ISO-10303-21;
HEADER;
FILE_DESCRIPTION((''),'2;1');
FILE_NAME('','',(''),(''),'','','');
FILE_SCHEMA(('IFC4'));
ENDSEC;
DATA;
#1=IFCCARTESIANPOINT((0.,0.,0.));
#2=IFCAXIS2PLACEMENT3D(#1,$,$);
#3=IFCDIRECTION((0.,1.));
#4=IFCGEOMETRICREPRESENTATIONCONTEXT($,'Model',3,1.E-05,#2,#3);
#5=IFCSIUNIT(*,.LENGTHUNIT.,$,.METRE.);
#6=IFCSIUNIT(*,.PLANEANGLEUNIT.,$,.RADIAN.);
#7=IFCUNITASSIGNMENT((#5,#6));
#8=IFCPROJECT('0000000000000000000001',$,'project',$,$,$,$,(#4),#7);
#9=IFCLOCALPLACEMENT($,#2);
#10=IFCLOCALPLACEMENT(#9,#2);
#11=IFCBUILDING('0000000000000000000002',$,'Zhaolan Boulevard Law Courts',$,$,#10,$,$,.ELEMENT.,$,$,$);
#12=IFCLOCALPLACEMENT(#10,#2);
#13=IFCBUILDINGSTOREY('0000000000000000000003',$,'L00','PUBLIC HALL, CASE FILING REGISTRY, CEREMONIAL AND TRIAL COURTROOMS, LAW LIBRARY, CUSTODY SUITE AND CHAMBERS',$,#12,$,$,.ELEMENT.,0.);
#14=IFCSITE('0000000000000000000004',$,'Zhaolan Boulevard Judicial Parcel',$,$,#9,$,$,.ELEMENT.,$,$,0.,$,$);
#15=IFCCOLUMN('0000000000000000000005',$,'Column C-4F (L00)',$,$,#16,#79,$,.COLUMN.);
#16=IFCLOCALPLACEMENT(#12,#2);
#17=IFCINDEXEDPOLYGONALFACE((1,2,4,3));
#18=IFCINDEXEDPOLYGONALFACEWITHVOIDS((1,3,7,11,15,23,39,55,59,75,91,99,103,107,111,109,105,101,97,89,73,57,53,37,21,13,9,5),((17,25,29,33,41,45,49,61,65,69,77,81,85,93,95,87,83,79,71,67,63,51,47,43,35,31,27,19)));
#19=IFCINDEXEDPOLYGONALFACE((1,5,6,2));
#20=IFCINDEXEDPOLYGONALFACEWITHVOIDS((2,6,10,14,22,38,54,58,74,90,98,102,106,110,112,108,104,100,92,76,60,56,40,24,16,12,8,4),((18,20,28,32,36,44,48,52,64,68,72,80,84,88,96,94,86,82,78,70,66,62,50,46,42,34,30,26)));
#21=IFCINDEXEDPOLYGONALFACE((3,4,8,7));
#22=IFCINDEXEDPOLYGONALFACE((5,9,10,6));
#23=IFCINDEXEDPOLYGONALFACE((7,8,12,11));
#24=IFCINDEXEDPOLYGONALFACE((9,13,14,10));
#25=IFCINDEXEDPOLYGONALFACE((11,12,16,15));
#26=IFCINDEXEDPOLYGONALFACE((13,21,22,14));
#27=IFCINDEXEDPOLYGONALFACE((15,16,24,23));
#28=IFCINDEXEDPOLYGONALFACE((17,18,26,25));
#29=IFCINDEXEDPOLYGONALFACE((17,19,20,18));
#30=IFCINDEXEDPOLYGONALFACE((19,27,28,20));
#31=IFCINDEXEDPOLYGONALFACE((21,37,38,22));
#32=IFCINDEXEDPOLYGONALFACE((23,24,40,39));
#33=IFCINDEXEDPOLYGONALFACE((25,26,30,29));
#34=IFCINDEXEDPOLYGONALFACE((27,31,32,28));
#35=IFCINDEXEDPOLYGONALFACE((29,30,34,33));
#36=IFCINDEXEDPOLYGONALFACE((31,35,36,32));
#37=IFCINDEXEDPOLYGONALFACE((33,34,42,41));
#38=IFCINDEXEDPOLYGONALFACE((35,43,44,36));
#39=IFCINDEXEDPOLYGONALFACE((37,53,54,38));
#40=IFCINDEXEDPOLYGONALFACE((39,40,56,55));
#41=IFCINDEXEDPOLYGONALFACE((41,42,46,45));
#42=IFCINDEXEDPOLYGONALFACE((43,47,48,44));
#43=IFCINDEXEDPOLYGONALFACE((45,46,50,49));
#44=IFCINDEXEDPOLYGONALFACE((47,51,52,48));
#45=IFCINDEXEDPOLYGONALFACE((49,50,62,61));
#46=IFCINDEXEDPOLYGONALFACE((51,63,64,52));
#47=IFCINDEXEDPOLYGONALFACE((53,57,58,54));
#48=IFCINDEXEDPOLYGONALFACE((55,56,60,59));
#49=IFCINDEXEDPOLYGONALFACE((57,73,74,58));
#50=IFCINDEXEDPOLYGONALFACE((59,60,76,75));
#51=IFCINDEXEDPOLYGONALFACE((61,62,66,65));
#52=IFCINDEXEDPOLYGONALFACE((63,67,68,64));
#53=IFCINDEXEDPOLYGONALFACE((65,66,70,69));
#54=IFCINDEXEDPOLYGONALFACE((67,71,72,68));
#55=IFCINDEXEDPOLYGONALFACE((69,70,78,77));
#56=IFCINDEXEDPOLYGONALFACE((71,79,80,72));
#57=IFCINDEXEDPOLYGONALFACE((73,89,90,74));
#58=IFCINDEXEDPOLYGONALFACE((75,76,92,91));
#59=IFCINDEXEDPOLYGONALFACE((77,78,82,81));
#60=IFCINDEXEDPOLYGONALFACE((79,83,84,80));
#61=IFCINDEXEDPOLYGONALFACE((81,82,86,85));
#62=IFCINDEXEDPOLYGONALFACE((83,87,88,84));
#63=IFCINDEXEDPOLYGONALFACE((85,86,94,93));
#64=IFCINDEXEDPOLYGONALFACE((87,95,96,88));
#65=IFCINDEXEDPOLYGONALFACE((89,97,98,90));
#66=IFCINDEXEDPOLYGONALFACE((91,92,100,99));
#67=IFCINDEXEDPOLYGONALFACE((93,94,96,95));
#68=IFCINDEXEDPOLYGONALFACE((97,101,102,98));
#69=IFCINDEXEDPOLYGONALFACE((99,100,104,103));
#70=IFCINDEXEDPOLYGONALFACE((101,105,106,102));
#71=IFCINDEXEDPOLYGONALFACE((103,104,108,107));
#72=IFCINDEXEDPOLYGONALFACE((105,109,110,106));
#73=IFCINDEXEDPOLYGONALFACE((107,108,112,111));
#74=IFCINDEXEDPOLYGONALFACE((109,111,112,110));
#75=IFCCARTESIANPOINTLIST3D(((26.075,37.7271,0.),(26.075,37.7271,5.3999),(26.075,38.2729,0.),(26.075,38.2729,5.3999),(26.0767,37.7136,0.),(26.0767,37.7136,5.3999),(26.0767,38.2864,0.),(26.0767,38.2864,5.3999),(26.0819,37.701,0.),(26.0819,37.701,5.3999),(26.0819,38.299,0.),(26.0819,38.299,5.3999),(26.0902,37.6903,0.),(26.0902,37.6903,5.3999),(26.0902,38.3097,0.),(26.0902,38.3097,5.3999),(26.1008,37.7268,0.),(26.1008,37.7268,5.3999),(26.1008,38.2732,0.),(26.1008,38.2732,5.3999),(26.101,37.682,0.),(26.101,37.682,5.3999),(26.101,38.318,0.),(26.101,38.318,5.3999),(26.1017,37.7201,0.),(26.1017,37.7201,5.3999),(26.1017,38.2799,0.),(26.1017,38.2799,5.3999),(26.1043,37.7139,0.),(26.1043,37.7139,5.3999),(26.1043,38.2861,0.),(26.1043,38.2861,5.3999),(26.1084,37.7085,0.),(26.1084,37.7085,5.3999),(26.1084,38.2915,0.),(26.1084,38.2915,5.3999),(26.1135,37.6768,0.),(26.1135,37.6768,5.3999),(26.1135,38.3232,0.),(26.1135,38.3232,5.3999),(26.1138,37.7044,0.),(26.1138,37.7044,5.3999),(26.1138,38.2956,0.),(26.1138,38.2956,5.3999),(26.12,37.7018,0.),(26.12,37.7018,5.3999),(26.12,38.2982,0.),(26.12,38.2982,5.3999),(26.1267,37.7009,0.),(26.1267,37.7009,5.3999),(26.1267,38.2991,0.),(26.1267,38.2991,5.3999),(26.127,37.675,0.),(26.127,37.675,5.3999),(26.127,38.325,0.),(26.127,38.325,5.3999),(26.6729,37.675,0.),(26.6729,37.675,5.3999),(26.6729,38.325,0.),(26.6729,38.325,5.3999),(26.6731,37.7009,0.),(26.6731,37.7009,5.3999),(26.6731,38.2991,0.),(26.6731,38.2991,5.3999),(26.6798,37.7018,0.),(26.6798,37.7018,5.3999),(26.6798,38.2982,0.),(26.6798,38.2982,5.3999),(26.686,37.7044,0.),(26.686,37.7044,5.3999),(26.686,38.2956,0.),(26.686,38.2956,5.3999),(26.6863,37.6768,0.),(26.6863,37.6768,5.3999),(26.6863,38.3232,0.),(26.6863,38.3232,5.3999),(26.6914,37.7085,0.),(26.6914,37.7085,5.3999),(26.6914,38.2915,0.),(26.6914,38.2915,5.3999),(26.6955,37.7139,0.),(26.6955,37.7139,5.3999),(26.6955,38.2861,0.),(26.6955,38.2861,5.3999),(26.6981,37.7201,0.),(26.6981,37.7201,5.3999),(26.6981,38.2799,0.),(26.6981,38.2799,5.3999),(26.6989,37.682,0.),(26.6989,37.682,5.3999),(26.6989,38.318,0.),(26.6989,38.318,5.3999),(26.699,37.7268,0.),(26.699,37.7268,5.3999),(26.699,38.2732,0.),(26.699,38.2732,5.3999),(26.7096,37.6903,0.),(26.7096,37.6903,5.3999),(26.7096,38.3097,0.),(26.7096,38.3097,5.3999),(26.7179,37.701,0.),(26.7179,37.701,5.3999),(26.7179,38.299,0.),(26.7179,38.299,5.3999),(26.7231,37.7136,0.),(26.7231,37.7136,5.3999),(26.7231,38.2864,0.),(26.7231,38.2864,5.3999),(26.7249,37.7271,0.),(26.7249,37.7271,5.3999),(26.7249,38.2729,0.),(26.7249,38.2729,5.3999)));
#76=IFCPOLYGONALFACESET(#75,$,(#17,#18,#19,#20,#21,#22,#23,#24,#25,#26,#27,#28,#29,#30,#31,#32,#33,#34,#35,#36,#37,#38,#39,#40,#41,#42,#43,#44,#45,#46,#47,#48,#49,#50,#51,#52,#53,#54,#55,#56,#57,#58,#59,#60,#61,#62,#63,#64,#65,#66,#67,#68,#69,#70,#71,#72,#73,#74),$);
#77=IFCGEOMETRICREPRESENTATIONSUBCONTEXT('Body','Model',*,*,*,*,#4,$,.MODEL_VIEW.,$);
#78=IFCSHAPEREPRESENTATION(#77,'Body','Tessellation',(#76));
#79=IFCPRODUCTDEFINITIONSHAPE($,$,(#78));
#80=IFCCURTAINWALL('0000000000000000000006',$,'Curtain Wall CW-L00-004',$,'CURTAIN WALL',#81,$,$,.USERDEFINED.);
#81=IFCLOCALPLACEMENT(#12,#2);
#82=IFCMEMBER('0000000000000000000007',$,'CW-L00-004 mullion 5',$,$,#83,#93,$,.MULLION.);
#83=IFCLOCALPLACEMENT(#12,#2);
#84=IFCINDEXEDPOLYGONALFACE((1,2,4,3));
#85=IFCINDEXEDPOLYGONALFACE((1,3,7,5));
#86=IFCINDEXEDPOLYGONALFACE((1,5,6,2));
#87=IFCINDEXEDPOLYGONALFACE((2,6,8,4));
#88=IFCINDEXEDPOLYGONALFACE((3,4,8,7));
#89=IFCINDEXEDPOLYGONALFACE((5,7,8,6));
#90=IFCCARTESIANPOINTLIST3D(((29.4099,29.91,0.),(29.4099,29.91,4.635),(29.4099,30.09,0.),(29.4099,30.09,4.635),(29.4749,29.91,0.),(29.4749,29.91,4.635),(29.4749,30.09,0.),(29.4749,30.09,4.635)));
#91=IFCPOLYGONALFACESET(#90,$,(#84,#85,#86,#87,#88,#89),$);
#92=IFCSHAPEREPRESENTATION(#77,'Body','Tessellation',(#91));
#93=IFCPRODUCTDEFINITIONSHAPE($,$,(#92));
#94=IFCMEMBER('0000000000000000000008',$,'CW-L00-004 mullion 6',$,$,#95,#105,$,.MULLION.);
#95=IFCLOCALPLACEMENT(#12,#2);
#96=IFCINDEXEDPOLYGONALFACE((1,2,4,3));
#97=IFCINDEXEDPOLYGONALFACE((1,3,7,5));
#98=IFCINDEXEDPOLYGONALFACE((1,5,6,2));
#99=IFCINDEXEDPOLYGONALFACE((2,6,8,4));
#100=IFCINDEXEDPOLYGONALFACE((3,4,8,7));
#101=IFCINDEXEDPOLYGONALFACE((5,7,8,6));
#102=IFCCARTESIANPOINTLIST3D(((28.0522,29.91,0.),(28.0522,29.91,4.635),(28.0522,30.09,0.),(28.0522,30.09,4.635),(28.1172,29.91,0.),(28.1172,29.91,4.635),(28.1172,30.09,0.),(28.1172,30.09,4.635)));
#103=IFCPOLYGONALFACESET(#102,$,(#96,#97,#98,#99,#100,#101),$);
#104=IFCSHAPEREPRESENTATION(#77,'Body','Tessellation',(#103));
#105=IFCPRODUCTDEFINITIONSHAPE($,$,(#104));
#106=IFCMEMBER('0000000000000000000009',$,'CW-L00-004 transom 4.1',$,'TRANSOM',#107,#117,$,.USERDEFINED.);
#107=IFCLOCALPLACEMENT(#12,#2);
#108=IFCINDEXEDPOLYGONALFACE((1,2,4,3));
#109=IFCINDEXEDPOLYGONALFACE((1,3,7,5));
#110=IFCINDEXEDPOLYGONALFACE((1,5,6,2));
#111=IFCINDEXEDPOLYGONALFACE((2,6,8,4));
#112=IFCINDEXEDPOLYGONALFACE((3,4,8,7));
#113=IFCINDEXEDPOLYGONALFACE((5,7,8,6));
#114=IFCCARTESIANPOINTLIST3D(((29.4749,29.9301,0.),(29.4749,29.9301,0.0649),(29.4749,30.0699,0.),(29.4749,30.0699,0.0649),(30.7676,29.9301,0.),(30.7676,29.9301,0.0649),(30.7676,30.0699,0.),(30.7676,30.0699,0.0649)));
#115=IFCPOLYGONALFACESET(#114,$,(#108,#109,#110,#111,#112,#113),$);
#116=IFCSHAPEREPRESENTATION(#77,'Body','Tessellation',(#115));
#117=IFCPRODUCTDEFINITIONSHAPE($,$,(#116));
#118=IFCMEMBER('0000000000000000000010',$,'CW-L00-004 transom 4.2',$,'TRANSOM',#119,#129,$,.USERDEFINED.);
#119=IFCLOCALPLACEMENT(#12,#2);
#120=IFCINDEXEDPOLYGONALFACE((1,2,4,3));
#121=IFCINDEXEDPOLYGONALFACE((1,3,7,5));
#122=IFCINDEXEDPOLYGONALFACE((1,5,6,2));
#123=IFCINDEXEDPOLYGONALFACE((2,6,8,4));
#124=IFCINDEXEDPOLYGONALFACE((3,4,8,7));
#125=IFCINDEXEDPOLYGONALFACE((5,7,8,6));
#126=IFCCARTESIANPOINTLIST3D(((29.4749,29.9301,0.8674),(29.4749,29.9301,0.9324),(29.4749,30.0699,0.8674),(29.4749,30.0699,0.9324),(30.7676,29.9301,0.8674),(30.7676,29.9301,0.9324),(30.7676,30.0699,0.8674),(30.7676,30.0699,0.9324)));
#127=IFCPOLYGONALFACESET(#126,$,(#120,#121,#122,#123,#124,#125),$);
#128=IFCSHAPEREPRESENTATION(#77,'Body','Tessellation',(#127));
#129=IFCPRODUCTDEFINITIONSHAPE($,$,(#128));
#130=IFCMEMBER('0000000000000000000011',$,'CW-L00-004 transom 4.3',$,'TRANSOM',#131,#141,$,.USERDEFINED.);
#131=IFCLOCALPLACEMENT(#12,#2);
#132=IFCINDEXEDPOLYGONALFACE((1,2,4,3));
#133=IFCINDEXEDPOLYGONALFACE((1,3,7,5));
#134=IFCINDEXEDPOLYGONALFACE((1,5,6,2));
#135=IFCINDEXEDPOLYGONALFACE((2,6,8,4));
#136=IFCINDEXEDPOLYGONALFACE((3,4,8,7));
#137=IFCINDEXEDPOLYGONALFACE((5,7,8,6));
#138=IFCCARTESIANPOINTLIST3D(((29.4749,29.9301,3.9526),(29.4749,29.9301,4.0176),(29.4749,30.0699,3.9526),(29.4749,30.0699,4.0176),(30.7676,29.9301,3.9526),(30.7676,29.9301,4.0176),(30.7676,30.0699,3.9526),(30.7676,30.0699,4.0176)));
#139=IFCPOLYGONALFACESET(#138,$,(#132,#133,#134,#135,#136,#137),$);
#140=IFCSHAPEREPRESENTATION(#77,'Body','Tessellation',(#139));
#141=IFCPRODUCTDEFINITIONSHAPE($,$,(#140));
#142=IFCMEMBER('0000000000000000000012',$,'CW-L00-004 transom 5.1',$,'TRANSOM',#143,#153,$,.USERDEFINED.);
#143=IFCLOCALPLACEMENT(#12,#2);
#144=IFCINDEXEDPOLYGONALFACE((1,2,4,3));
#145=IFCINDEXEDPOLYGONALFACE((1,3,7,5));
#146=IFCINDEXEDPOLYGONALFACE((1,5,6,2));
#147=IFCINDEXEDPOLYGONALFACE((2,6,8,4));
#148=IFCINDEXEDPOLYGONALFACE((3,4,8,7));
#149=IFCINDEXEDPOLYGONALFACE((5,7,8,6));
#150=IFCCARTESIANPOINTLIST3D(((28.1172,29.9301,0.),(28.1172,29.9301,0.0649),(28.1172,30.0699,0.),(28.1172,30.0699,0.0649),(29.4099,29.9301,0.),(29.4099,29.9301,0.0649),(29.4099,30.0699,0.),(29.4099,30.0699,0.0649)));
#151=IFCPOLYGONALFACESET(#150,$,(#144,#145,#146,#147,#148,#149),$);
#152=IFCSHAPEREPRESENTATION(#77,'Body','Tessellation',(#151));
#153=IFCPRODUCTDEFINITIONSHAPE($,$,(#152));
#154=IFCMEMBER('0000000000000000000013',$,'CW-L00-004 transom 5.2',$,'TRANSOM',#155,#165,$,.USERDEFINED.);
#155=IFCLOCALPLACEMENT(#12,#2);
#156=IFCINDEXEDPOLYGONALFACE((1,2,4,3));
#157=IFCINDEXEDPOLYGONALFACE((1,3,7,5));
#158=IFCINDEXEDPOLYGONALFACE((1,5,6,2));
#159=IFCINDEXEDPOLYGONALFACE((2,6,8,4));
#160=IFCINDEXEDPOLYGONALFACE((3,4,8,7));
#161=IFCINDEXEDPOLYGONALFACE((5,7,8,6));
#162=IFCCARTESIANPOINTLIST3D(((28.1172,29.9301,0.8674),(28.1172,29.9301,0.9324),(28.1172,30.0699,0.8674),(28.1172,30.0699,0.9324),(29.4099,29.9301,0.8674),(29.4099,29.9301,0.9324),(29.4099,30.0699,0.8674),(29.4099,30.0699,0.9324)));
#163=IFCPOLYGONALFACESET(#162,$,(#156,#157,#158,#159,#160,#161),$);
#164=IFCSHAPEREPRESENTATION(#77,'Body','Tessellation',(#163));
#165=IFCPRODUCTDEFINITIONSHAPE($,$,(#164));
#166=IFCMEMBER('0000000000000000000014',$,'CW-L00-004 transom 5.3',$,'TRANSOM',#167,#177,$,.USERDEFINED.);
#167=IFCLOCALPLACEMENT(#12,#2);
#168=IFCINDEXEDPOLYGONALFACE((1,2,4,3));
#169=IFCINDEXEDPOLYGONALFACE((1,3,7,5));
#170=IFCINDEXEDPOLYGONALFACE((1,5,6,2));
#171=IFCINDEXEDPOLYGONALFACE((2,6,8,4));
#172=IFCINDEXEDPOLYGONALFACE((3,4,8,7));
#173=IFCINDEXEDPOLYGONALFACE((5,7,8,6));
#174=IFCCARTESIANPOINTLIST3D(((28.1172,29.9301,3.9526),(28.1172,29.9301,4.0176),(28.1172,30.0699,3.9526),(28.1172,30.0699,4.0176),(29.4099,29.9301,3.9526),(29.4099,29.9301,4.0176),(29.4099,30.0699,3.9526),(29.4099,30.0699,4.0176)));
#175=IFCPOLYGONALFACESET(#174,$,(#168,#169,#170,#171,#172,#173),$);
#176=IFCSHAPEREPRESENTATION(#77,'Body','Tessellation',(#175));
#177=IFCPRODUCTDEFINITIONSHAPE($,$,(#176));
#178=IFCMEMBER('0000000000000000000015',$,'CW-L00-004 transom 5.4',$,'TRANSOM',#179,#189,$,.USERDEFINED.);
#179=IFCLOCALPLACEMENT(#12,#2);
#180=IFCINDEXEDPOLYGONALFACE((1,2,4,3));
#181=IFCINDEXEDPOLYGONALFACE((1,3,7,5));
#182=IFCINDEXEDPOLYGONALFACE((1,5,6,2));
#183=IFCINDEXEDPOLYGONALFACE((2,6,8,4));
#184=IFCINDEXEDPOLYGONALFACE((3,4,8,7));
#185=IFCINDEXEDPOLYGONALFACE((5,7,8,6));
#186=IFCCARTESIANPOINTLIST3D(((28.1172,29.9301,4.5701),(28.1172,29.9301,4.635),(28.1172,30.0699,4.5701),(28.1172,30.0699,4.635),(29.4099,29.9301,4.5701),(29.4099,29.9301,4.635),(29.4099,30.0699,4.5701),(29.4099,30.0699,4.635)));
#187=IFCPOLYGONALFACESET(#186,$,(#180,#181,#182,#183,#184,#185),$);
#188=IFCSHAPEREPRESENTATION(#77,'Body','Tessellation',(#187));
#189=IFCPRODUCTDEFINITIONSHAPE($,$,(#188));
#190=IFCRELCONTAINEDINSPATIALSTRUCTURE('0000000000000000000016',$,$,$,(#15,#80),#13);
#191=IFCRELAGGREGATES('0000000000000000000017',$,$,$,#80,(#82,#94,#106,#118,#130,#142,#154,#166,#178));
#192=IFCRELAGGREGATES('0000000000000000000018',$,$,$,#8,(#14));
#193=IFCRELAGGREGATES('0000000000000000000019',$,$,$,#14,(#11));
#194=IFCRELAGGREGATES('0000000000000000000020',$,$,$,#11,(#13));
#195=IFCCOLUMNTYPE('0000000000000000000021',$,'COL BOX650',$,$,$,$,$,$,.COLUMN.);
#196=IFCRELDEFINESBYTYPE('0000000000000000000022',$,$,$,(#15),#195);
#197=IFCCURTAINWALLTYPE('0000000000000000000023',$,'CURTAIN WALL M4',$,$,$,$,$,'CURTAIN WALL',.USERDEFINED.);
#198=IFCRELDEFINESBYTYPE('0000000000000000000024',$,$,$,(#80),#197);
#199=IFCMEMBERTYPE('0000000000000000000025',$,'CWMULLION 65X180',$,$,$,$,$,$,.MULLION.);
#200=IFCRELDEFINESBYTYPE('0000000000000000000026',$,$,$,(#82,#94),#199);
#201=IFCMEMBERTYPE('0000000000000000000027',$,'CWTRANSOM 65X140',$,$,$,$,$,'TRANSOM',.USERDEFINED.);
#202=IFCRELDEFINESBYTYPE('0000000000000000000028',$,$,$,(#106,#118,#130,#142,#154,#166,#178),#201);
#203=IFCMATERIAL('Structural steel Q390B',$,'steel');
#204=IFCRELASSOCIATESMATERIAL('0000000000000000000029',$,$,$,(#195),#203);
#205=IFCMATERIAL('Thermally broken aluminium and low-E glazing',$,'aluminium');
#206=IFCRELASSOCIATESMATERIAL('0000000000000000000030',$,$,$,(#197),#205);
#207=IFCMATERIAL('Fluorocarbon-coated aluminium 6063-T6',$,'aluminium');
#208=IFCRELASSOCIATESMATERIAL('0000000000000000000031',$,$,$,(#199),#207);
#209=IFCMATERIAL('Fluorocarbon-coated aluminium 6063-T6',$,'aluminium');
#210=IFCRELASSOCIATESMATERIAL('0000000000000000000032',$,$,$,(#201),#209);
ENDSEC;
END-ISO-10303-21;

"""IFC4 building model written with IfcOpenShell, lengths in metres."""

from ifc_helpers import new_model, si_unit, direction, frame, origin, origin_2d, place, context, subcontext, project, spatial, rectangle, hollow_rectangle, extrude, material, material_profile, profile_set, type_object, element, aggregate, save


model = new_model("IFC4")

# Units and contexts
model_context = context("Model", 3, precision=1e-05, world=origin(), true_north=direction((0.0, 1.0)))
body_context = subcontext(model_context, "Body", "Model", "MODEL_VIEW")
ifc_project = project(units=[si_unit("LENGTHUNIT", "METRE"), si_unit("PLANEANGLEUNIT", "RADIAN")], contexts=[model_context])

# Site, building, storey
site_placement = place(None, origin())
site = spatial("IfcSite", under=ifc_project, at=site_placement, Name="Zhaolan Boulevard Judicial Parcel", CompositionType="ELEMENT", RefElevation=0.0)
building_placement = place(site_placement, origin())
building = spatial("IfcBuilding", under=site, at=building_placement, Name="Zhaolan Boulevard Law Courts", CompositionType="ELEMENT")
storey_placement = place(building_placement, origin())
storey = spatial("IfcBuildingStorey", under=building, at=storey_placement, Name="L00", Description="PUBLIC HALL, CASE FILING REGISTRY, CEREMONIAL AND TRIAL COURTROOMS, LAW LIBRARY, CUSTODY SUITE AND CHAMBERS", CompositionType="ELEMENT", Elevation=0.0)

# Column
ifc_material_1 = material(Name="Structural steel Q390B", Category="steel")
ifc_material_profile_1 = material_profile(ifc_material_1, hollow_rectangle(XDim=0.6499, YDim=0.6499, WallThickness=0.0259, InnerFilletRadius=0.0259, OuterFilletRadius=0.052, at=origin_2d()), Name="BOX650x650x26")
ifc_profile_set_1 = profile_set([ifc_material_profile_1], Name="Structural steel Q390B")
column_type = type_object("IfcColumnType", Name="COL BOX650", PredefinedType="COLUMN", material=ifc_profile_set_1)
column_placement = place(storey_placement, frame((26.3999, 38.0, 0.0), z_axis=(0.0, 0.0, 1.0), x_axis=(1.0, 0.0, 0.0)))
element("IfcColumn", 1, at=column_placement, inside=storey, type_object=column_type, Name="Column C-4F (L00)", PredefinedType="COLUMN", context=body_context, shape_type="SweptSolid", body=[
    extrude(hollow_rectangle(XDim=0.6499, YDim=0.6499, WallThickness=0.0259, InnerFilletRadius=0.0259, OuterFilletRadius=0.052, at=origin_2d()), origin(), (0.0, 0.0, 1.0), 5.3999),
])

# Curtain wall, members
ifc_material_2 = material(Name="Thermally broken aluminium and low-E glazing", Category="aluminium")
curtain_wall_type = type_object("IfcCurtainWallType", Name="CURTAIN WALL M4", ElementType="CURTAIN WALL", PredefinedType="USERDEFINED", material=ifc_material_2)
curtain_wall_placement = place(storey_placement, origin())
curtain_wall = element("IfcCurtainWall", 2, at=curtain_wall_placement, inside=storey, type_object=curtain_wall_type, Name="Curtain Wall CW-L00-004", ObjectType="CURTAIN WALL", PredefinedType="USERDEFINED")
ifc_material_3 = material(Name="Fluorocarbon-coated aluminium 6063-T6", Category="aluminium")
ifc_material_profile_2 = material_profile(ifc_material_3, rectangle(XDim=0.1799, YDim=0.0649, at=origin_2d()), Name="AL65x180")
ifc_profile_set_2 = profile_set([ifc_material_profile_2], Name="Fluorocarbon-coated aluminium 6063-T6")
member_type_1 = type_object("IfcMemberType", Name="CWMULLION 65X180", PredefinedType="MULLION", material=ifc_profile_set_2)
member_1_placement = place(storey_placement, frame((29.4424, 30.0, 0.0), z_axis=(0.0, 0.0, 1.0), x_axis=(0.0, -1.0, 0.0)))
member_1 = element("IfcMember", 3, at=member_1_placement, type_object=member_type_1, Name="CW-L00-004 mullion 5", PredefinedType="MULLION", context=body_context, shape_type="SweptSolid", body=[
    extrude(rectangle(XDim=0.1799, YDim=0.0649, at=origin_2d()), origin(), (0.0, 0.0, 1.0), 4.635),
])
member_2_placement = place(storey_placement, frame((28.0847, 30.0, 0.0), z_axis=(0.0, 0.0, 1.0), x_axis=(0.0, -1.0, 0.0)))
member_2 = element("IfcMember", 4, at=member_2_placement, type_object=member_type_1, Name="CW-L00-004 mullion 6", PredefinedType="MULLION", context=body_context, shape_type="SweptSolid", body=[
    extrude(rectangle(XDim=0.1799, YDim=0.0649, at=origin_2d()), origin(), (0.0, 0.0, 1.0), 4.635),
])
ifc_material_4 = material(Name="Fluorocarbon-coated aluminium 6063-T6", Category="aluminium")
ifc_material_profile_3 = material_profile(ifc_material_4, rectangle(XDim=0.1399, YDim=0.0649, at=origin_2d()), Name="AL65x140")
ifc_profile_set_3 = profile_set([ifc_material_profile_3], Name="Fluorocarbon-coated aluminium 6063-T6")
member_type_2 = type_object("IfcMemberType", Name="CWTRANSOM 65X140", ElementType="TRANSOM", PredefinedType="USERDEFINED", material=ifc_profile_set_3)
member_3_placement = place(storey_placement, frame((30.7676, 30.0, 0.0325), z_axis=(-1.0, 0.0, 0.0), x_axis=(0.0, -1.0, 0.0)))
member_3 = element("IfcMember", 5, at=member_3_placement, type_object=member_type_2, Name="CW-L00-004 transom 4.1", ObjectType="TRANSOM", PredefinedType="USERDEFINED", context=body_context, shape_type="SweptSolid", body=[
    extrude(rectangle(XDim=0.1399, YDim=0.0649, at=origin_2d()), origin(), (0.0, 0.0, 1.0), 1.2927),
])
member_4_placement = place(storey_placement, frame((30.7676, 30.0, 0.8999), z_axis=(-1.0, 0.0, 0.0), x_axis=(0.0, -1.0, 0.0)))
member_4 = element("IfcMember", 6, at=member_4_placement, type_object=member_type_2, Name="CW-L00-004 transom 4.2", ObjectType="TRANSOM", PredefinedType="USERDEFINED", context=body_context, shape_type="SweptSolid", body=[
    extrude(rectangle(XDim=0.1399, YDim=0.0649, at=origin_2d()), origin(), (0.0, 0.0, 1.0), 1.2927),
])
member_5_placement = place(storey_placement, frame((30.7676, 30.0, 3.9851), z_axis=(-1.0, 0.0, 0.0), x_axis=(0.0, -1.0, 0.0)))
member_5 = element("IfcMember", 7, at=member_5_placement, type_object=member_type_2, Name="CW-L00-004 transom 4.3", ObjectType="TRANSOM", PredefinedType="USERDEFINED", context=body_context, shape_type="SweptSolid", body=[
    extrude(rectangle(XDim=0.1399, YDim=0.0649, at=origin_2d()), origin(), (0.0, 0.0, 1.0), 1.2927),
])
member_6_placement = place(storey_placement, frame((29.4099, 30.0, 0.0325), z_axis=(-1.0, 0.0, 0.0), x_axis=(0.0, -1.0, 0.0)))
member_6 = element("IfcMember", 8, at=member_6_placement, type_object=member_type_2, Name="CW-L00-004 transom 5.1", ObjectType="TRANSOM", PredefinedType="USERDEFINED", context=body_context, shape_type="SweptSolid", body=[
    extrude(rectangle(XDim=0.1399, YDim=0.0649, at=origin_2d()), origin(), (0.0, 0.0, 1.0), 1.2927),
])
member_7_placement = place(storey_placement, frame((29.4099, 30.0, 0.8999), z_axis=(-1.0, 0.0, 0.0), x_axis=(0.0, -1.0, 0.0)))
member_7 = element("IfcMember", 9, at=member_7_placement, type_object=member_type_2, Name="CW-L00-004 transom 5.2", ObjectType="TRANSOM", PredefinedType="USERDEFINED", context=body_context, shape_type="SweptSolid", body=[
    extrude(rectangle(XDim=0.1399, YDim=0.0649, at=origin_2d()), origin(), (0.0, 0.0, 1.0), 1.2927),
])
member_8_placement = place(storey_placement, frame((29.4099, 30.0, 3.9851), z_axis=(-1.0, 0.0, 0.0), x_axis=(0.0, -1.0, 0.0)))
member_8 = element("IfcMember", 10, at=member_8_placement, type_object=member_type_2, Name="CW-L00-004 transom 5.3", ObjectType="TRANSOM", PredefinedType="USERDEFINED", context=body_context, shape_type="SweptSolid", body=[
    extrude(rectangle(XDim=0.1399, YDim=0.0649, at=origin_2d()), origin(), (0.0, 0.0, 1.0), 1.2927),
])
member_9_placement = place(storey_placement, frame((29.4099, 30.0, 4.6025), z_axis=(-1.0, 0.0, 0.0), x_axis=(0.0, -1.0, 0.0)))
member_9 = element("IfcMember", 11, at=member_9_placement, type_object=member_type_2, Name="CW-L00-004 transom 5.4", ObjectType="TRANSOM", PredefinedType="USERDEFINED", context=body_context, shape_type="SweptSolid", body=[
    extrude(rectangle(XDim=0.1399, YDim=0.0649, at=origin_2d()), origin(), (0.0, 0.0, 1.0), 1.2927),
])

aggregate(curtain_wall, [member_1, member_2, member_3, member_4, member_5, member_6, member_7, member_8, member_9])

save(model, "model.ifc")
